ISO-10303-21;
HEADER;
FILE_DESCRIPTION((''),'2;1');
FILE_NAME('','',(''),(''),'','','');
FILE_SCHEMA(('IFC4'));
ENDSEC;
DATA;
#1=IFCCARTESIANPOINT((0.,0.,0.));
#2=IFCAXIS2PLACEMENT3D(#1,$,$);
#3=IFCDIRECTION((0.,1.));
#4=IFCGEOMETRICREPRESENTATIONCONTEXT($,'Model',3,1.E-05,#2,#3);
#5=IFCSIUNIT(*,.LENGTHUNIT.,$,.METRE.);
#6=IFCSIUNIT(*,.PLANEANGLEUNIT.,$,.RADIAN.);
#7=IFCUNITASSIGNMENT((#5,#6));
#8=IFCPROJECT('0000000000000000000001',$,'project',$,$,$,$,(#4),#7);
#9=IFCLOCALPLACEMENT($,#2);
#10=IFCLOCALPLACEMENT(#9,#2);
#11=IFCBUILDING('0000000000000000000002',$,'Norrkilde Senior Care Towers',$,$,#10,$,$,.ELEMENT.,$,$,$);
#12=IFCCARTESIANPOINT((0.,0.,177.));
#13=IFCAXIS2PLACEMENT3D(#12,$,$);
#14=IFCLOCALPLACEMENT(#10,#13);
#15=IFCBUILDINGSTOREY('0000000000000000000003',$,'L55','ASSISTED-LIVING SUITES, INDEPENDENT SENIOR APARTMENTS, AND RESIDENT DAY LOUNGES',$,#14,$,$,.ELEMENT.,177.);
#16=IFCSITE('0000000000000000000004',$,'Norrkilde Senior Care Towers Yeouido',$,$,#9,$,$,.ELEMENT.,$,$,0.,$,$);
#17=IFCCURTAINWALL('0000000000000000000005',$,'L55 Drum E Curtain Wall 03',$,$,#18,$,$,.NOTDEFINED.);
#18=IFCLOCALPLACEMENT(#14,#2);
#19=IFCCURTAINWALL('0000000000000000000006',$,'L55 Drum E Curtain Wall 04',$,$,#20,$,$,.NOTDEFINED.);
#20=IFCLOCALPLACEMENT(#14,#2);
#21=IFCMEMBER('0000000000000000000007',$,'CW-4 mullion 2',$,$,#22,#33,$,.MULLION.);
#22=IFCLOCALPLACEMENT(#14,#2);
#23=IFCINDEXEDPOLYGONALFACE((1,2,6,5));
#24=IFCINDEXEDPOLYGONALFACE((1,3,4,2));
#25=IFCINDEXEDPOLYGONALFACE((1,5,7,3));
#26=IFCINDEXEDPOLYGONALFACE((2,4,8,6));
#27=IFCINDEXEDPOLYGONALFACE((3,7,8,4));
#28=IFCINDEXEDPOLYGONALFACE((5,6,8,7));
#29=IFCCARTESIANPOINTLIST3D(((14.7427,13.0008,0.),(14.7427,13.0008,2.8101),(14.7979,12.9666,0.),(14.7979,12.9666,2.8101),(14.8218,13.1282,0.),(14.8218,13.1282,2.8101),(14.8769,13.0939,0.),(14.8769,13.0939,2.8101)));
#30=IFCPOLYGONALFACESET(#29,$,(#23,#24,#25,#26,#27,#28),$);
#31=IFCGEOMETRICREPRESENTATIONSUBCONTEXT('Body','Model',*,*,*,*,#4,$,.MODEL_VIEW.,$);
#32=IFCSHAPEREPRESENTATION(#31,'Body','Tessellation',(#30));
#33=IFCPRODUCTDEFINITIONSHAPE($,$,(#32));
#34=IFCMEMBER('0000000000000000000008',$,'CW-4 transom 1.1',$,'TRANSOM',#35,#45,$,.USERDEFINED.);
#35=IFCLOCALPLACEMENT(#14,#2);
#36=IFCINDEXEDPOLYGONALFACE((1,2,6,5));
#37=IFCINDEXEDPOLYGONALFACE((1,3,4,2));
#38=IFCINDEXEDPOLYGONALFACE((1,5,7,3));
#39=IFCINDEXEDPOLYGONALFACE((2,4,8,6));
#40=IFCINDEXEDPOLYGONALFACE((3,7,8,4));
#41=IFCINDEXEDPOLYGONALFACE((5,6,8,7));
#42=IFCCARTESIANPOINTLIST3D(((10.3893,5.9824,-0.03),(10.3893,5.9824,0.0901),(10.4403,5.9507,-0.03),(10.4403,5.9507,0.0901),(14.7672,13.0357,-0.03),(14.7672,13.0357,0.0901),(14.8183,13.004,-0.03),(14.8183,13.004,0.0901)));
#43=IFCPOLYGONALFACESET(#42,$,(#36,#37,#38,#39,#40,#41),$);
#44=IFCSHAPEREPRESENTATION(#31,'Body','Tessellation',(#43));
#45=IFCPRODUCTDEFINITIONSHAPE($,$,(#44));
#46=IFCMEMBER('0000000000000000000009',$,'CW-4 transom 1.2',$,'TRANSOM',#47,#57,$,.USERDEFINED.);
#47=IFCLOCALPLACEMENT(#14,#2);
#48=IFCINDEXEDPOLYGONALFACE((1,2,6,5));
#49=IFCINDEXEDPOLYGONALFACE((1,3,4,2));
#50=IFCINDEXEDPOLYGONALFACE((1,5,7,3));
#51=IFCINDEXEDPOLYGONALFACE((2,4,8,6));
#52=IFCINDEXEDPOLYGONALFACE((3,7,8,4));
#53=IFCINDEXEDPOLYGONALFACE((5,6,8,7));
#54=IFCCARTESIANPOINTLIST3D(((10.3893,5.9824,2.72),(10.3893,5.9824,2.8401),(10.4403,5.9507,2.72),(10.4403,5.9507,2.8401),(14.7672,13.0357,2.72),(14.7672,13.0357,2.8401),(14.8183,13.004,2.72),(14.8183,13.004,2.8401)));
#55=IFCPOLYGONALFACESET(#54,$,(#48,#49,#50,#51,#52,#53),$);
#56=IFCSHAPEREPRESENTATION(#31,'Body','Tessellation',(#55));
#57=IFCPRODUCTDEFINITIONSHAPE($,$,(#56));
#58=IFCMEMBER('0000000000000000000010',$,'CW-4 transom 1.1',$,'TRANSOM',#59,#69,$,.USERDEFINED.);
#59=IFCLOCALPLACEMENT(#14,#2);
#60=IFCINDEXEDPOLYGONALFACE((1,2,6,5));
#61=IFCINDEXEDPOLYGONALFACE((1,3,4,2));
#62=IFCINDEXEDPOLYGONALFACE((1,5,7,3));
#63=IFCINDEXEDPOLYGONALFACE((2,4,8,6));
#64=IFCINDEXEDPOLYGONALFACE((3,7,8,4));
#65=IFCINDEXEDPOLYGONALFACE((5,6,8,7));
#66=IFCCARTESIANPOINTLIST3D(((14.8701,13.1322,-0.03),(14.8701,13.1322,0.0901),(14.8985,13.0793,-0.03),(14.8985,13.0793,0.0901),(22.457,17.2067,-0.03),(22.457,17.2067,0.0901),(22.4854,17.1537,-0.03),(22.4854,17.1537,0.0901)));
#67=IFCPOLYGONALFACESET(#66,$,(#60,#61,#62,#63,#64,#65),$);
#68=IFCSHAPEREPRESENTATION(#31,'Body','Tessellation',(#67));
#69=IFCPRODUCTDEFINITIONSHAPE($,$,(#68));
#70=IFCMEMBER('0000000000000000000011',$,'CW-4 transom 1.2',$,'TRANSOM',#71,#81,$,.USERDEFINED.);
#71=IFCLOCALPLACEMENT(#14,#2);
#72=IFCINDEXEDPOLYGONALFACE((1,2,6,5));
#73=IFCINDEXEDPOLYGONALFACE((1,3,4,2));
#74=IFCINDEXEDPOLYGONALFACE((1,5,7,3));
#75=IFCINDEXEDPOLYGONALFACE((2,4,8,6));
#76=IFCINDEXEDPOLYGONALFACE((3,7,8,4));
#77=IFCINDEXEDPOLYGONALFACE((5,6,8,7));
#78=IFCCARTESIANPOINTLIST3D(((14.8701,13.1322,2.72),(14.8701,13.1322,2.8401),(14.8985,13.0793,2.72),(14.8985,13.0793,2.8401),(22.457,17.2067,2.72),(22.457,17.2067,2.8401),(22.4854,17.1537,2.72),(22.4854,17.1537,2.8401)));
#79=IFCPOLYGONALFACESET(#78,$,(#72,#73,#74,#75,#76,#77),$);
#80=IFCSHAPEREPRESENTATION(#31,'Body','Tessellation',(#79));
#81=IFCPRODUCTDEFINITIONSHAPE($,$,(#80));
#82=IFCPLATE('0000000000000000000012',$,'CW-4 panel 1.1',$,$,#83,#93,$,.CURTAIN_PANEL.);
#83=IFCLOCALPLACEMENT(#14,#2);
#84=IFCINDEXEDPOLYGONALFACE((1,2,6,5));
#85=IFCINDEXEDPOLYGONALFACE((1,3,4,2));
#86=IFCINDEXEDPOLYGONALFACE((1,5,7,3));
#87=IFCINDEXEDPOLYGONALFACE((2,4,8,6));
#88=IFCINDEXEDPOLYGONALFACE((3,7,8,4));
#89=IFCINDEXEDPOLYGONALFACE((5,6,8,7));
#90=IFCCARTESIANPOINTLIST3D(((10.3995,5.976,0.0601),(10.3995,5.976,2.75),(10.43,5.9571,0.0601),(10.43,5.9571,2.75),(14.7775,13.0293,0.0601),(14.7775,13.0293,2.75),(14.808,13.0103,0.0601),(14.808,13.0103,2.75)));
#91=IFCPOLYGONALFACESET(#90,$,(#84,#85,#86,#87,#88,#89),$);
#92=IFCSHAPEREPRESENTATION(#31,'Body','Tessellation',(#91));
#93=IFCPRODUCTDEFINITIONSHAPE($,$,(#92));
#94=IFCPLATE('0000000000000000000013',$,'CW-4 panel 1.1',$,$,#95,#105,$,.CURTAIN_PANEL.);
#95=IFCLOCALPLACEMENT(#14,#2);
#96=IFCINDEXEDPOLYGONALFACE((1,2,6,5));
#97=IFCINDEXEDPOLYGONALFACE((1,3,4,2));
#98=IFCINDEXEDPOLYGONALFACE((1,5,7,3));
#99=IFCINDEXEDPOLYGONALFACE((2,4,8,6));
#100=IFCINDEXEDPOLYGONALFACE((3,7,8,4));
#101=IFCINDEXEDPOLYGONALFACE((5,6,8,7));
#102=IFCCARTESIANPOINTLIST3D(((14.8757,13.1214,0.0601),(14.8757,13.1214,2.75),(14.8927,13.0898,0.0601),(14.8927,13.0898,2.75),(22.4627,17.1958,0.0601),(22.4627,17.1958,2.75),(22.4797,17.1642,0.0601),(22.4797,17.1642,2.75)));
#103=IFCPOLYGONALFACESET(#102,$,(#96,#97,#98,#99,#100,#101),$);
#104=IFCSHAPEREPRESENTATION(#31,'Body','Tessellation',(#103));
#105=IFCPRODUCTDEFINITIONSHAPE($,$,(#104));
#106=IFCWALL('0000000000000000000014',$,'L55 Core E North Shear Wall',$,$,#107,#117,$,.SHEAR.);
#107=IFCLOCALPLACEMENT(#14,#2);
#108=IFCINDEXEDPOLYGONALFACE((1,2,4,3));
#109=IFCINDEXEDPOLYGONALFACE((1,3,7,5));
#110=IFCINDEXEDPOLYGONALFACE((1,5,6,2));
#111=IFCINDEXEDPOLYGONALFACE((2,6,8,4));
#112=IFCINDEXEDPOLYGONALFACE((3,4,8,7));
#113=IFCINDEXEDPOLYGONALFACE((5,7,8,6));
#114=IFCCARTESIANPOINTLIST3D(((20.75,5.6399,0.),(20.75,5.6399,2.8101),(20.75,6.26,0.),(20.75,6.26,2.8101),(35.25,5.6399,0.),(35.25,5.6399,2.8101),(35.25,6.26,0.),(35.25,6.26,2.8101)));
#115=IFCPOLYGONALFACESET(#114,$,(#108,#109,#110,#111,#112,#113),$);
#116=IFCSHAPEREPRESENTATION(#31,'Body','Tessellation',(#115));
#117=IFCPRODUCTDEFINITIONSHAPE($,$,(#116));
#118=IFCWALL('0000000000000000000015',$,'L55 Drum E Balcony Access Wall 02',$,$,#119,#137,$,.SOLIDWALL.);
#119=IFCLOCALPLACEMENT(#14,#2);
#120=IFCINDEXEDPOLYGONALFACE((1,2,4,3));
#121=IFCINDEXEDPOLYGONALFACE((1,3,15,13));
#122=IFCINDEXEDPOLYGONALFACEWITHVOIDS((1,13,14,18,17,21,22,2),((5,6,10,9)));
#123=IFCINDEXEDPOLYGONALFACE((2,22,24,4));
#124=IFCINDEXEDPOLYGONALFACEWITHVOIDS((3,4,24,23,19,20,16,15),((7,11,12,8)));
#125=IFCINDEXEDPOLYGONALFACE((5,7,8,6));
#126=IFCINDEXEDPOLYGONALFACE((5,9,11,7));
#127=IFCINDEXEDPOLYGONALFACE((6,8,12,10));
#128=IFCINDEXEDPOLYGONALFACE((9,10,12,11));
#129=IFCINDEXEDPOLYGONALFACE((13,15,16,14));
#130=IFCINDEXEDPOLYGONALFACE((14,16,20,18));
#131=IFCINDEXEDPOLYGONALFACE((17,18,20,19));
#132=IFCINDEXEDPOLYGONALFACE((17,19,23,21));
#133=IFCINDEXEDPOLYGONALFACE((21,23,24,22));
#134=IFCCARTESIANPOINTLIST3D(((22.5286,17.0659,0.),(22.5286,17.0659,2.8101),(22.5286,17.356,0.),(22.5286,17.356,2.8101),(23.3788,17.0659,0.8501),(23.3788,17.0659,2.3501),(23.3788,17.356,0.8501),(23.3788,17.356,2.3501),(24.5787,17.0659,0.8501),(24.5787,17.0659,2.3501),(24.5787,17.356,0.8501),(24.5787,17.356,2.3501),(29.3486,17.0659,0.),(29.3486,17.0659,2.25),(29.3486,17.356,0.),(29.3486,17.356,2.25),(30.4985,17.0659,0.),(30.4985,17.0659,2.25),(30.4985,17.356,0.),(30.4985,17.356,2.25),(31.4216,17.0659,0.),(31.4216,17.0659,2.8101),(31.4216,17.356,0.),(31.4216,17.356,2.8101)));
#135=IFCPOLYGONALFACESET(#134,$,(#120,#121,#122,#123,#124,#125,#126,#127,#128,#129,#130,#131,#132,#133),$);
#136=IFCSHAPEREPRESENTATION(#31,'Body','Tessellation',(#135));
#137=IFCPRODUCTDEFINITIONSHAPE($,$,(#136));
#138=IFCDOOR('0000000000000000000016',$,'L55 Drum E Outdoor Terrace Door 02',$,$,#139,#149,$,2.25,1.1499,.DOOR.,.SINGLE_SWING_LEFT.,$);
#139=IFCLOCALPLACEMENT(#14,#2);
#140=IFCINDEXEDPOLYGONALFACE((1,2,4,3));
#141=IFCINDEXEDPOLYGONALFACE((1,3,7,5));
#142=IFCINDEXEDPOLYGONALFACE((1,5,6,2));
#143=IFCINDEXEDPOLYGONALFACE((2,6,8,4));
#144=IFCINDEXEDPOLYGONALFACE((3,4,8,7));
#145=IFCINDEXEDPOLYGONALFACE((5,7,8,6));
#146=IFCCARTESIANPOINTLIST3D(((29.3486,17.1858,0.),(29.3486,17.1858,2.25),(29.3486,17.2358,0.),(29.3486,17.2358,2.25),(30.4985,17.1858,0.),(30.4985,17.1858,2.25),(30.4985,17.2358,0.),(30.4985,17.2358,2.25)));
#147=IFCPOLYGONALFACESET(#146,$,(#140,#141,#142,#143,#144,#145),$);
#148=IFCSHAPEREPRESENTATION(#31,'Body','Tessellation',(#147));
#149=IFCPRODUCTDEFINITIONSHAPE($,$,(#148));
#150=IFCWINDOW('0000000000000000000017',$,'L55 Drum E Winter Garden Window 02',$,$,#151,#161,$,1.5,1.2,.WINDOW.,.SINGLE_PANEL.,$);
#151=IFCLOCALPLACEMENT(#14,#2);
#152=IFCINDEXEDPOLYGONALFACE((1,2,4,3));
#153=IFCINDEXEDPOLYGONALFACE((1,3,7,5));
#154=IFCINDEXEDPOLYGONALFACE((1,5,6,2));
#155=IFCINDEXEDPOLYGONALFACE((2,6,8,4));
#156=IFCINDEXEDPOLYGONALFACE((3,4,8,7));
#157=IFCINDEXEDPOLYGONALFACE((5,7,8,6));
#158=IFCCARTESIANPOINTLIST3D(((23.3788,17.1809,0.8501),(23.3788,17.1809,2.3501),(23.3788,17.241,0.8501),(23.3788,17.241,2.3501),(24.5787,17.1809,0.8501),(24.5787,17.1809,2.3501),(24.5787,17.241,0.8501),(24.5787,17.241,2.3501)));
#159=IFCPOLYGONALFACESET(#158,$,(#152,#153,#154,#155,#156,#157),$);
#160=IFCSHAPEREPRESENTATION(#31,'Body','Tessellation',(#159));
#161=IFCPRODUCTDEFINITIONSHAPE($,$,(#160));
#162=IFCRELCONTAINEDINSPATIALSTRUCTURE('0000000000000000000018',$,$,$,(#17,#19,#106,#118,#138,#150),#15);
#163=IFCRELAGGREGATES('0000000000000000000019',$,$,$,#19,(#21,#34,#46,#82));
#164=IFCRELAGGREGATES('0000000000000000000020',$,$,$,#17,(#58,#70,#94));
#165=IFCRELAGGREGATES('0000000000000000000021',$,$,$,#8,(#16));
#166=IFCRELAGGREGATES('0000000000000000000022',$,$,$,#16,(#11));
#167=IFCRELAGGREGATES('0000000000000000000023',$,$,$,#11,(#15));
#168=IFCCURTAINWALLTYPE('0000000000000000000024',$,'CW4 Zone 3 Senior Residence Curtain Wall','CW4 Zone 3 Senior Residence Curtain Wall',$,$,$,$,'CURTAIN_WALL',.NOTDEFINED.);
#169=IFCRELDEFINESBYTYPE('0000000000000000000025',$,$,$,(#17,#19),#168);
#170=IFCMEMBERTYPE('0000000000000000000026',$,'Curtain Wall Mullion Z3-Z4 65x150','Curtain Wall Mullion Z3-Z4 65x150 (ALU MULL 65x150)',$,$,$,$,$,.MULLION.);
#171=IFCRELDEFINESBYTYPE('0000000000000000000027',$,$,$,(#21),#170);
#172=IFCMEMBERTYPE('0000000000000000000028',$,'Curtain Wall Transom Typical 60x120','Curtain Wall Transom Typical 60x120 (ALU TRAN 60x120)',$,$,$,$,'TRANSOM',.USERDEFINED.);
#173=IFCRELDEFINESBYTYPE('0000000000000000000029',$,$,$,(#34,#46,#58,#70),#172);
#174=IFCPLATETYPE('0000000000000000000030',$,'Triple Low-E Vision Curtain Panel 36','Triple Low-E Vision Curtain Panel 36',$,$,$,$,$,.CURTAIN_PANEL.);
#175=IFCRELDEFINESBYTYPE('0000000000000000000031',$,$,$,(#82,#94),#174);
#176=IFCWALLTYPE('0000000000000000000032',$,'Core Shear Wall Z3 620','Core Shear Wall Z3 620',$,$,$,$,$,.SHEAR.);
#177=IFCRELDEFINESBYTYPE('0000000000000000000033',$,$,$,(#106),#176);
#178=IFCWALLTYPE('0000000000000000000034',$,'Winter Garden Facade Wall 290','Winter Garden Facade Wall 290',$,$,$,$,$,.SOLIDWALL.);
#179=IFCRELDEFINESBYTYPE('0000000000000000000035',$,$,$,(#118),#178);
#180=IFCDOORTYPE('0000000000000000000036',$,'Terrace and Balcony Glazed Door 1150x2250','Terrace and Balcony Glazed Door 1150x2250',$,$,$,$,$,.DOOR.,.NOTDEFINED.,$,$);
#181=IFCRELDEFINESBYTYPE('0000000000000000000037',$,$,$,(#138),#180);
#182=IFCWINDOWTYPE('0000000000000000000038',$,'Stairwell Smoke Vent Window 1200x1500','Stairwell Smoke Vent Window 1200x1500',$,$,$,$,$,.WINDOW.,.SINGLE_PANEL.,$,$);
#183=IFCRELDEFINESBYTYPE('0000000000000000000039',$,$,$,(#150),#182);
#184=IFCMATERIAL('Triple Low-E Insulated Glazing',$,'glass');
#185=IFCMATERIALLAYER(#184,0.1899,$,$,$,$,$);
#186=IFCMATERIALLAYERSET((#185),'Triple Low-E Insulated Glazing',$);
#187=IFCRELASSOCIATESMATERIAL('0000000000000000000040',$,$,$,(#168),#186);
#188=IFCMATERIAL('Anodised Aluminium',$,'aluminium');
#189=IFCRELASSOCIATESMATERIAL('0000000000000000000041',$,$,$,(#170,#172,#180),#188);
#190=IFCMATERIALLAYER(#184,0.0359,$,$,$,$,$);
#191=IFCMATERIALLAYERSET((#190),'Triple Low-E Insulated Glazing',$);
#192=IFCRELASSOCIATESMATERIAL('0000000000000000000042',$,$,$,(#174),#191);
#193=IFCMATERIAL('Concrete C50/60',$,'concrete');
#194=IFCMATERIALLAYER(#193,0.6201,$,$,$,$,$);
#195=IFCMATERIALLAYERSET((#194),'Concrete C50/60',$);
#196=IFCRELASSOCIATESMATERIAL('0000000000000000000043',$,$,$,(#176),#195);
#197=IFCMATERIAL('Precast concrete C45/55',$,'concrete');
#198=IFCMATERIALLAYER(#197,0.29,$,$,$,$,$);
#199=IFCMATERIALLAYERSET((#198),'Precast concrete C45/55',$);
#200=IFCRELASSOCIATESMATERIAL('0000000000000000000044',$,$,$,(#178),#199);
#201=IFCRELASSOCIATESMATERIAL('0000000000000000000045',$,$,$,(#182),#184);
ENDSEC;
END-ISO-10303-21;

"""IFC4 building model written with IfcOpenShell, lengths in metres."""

from ifc_helpers import new_model, si_unit, direction, frame, frame_2d, origin, origin_2d, place, context, subcontext, project, spatial, rectangle, extrude, source, transform, mapped, material, layer, layer_set, material_profile, profile_set, type_object, type_shapes, element, fill, aggregate, save


model = new_model("IFC4")

# Units and contexts
model_context = context("Model", 3, precision=1e-05, world=origin(), true_north=direction((0.0, 1.0)))
body_context = subcontext(model_context, "Body", "Model", "MODEL_VIEW")
ifc_project = project(units=[si_unit("LENGTHUNIT", "METRE"), si_unit("PLANEANGLEUNIT", "RADIAN")], contexts=[model_context])

# Site, building, storey
site_placement = place(None, origin())
site = spatial("IfcSite", under=ifc_project, at=site_placement, Name="Norrkilde Senior Care Towers Yeouido", CompositionType="ELEMENT", RefElevation=0.0)
building_placement = place(site_placement, origin())
building = spatial("IfcBuilding", under=site, at=building_placement, Name="Norrkilde Senior Care Towers", CompositionType="ELEMENT")
storey_placement = place(building_placement, frame((0.0, 0.0, 177.0)))
storey = spatial("IfcBuildingStorey", under=building, at=storey_placement, Name="L55", Description="ASSISTED-LIVING SUITES, INDEPENDENT SENIOR APARTMENTS, AND RESIDENT DAY LOUNGES", CompositionType="ELEMENT", Elevation=177.0)

# Shared definitions
ifc_material_1 = material(Name="Concrete C50/60", Category="concrete")

# Curtain walls, members
ifc_material_2 = material(Name="Triple Low-E Insulated Glazing", Category="glass")
ifc_layer_1 = layer(ifc_material_2, 0.1899)
ifc_layer_set_1 = layer_set([ifc_layer_1], Name="Triple Low-E Insulated Glazing")
curtain_wall_type = type_object("IfcCurtainWallType", Name="CW4 Zone 3 Senior Residence Curtain Wall", Description="CW4 Zone 3 Senior Residence Curtain Wall", ElementType="CURTAIN_WALL", PredefinedType="NOTDEFINED", material=ifc_layer_set_1)
curtain_wall_1_placement = place(storey_placement, origin())
curtain_wall_1 = element("IfcCurtainWall", 1, at=curtain_wall_1_placement, inside=storey, type_object=curtain_wall_type, Name="L55 Drum E Curtain Wall 03", PredefinedType="NOTDEFINED")
ifc_material_3 = material(Name="Anodised Aluminium", Category="aluminium")
ifc_material_profile_1 = material_profile(ifc_material_3, rectangle(XDim=0.0649, YDim=0.1499, at=origin_2d()), Name="ALU MULL 65x150")
ifc_profile_set_1 = profile_set([ifc_material_profile_1], Name="Anodised Aluminium")
member_type_1 = type_object("IfcMemberType", Name="Curtain Wall Mullion Z3-Z4 65x150", Description="Curtain Wall Mullion Z3-Z4 65x150 (ALU MULL 65x150)", PredefinedType="MULLION", material=ifc_profile_set_1)
shared_shape_1 = source(origin(), body_context, "Body", "SweptSolid", [
    extrude(rectangle(XDim=0.0649, YDim=0.1499, at=origin_2d()), origin(), (0.0, 0.0, 1.0), 2.8101),
])
type_shapes(member_type_1, [shared_shape_1])
curtain_wall_2_placement = place(storey_placement, origin())
curtain_wall_2 = element("IfcCurtainWall", 2, at=curtain_wall_2_placement, inside=storey, type_object=curtain_wall_type, Name="L55 Drum E Curtain Wall 04", PredefinedType="NOTDEFINED")
member_1_placement = place(storey_placement, frame((14.8098, 13.0474, 0.0), z_axis=(0.0, 0.0, 1.0), x_axis=(-0.849634, 0.527373, 0.0)))
member_1 = element("IfcMember", 3, at=member_1_placement, type_object=member_type_1, Name="CW-4 mullion 2", PredefinedType="MULLION", context=body_context, shape_type="MappedRepresentation", body=[
    mapped(shared_shape_1, transform((0.0, 0.0, 0.0), x_axis=(1.0, 0.0, 0.0), y_axis=(0.0, 1.0, 0.0), z_axis=(0.0, 0.0, 1.0), scale=1.0)),
])
ifc_material_profile_2 = material_profile(ifc_material_3, rectangle(XDim=0.0601, YDim=0.1201, at=origin_2d()), Name="ALU TRAN 60x120")
ifc_profile_set_2 = profile_set([ifc_material_profile_2], Name="Anodised Aluminium")
member_type_2 = type_object("IfcMemberType", Name="Curtain Wall Transom Typical 60x120", Description="Curtain Wall Transom Typical 60x120 (ALU TRAN 60x120)", ElementType="TRANSOM", PredefinedType="USERDEFINED", material=ifc_profile_set_2)
shared_shape_2 = source(origin(), body_context, "Body", "SweptSolid", [
    extrude(rectangle(XDim=0.0601, YDim=0.1201, at=origin_2d()), origin(), (0.0, 0.0, 1.0), 8.3015),
])
member_2_placement = place(storey_placement, frame((10.4148, 5.9666, 0.03), z_axis=(0.527369, 0.849637, 0.0), x_axis=(-0.849637, 0.527369, 0.0)))
member_2 = element("IfcMember", 4, at=member_2_placement, type_object=member_type_2, Name="CW-4 transom 1.1", ObjectType="TRANSOM", PredefinedType="USERDEFINED", context=body_context, shape_type="MappedRepresentation", body=[
    mapped(shared_shape_2, transform((0.0, 0.0, 0.0), x_axis=(1.0, 0.0, 0.0), y_axis=(0.0, 1.0, 0.0), z_axis=(0.0, 0.0, 1.0), scale=1.0)),
])
member_3_placement = place(storey_placement, frame((10.4148, 5.9666, 2.78), z_axis=(0.527369, 0.849637, 0.0), x_axis=(-0.849637, 0.527369, 0.0)))
member_3 = element("IfcMember", 5, at=member_3_placement, type_object=member_type_2, Name="CW-4 transom 1.2", ObjectType="TRANSOM", PredefinedType="USERDEFINED", context=body_context, shape_type="MappedRepresentation", body=[
    mapped(shared_shape_2, transform((0.0, 0.0, 0.0), x_axis=(1.0, 0.0, 0.0), y_axis=(0.0, 1.0, 0.0), z_axis=(0.0, 0.0, 1.0), scale=1.0)),
])

# Members
shared_shape_3 = source(origin(), body_context, "Body", "SweptSolid", [
    extrude(rectangle(XDim=0.0601, YDim=0.1201, at=origin_2d()), origin(), (0.0, 0.0, 1.0), 8.6118),
])
type_shapes(member_type_2, [shared_shape_2, shared_shape_3])
member_4_placement = place(storey_placement, frame((14.8843, 13.1057, 0.03), z_axis=(0.880994, 0.473127, 0.0), x_axis=(-0.473127, 0.880994, 0.0)))
member_4 = element("IfcMember", 6, at=member_4_placement, type_object=member_type_2, Name="CW-4 transom 1.1", ObjectType="TRANSOM", PredefinedType="USERDEFINED", context=body_context, shape_type="MappedRepresentation", body=[
    mapped(shared_shape_3, transform((0.0, 0.0, 0.0), x_axis=(1.0, 0.0, 0.0), y_axis=(0.0, 1.0, 0.0), z_axis=(0.0, 0.0, 1.0), scale=1.0)),
])
member_5_placement = place(storey_placement, frame((14.8843, 13.1057, 2.78), z_axis=(0.880994, 0.473127, 0.0), x_axis=(-0.473127, 0.880994, 0.0)))
member_5 = element("IfcMember", 7, at=member_5_placement, type_object=member_type_2, Name="CW-4 transom 1.2", ObjectType="TRANSOM", PredefinedType="USERDEFINED", context=body_context, shape_type="MappedRepresentation", body=[
    mapped(shared_shape_3, transform((0.0, 0.0, 0.0), x_axis=(1.0, 0.0, 0.0), y_axis=(0.0, 1.0, 0.0), z_axis=(0.0, 0.0, 1.0), scale=1.0)),
])

# Plates
ifc_layer_2 = layer(ifc_material_2, 0.0359)
ifc_layer_set_2 = layer_set([ifc_layer_2], Name="Triple Low-E Insulated Glazing")
plate_type = type_object("IfcPlateType", Name="Triple Low-E Vision Curtain Panel 36", Description="Triple Low-E Vision Curtain Panel 36", PredefinedType="CURTAIN_PANEL", material=ifc_layer_set_2)
shared_shape_4 = source(origin(), body_context, "Body", "SweptSolid", [
    extrude(rectangle(XDim=8.3015, YDim=0.0359, at=origin_2d()), origin(), (0.0, 0.0, 1.0), 2.6899),
])
plate_1_placement = place(storey_placement, frame((12.6038, 9.4932, 0.0601), z_axis=(0.0, 0.0, 1.0), x_axis=(0.527373, 0.849634, 0.0)))
plate_1 = element("IfcPlate", 8, at=plate_1_placement, type_object=plate_type, Name="CW-4 panel 1.1", PredefinedType="CURTAIN_PANEL", context=body_context, shape_type="MappedRepresentation", body=[
    mapped(shared_shape_4, transform((0.0, 0.0, 0.0), x_axis=(1.0, 0.0, 0.0), y_axis=(0.0, 1.0, 0.0), z_axis=(0.0, 0.0, 1.0), scale=1.0)),
])
aggregate(curtain_wall_2, [member_1, member_2, member_3, plate_1])
shared_shape_5 = source(origin(), body_context, "Body", "SweptSolid", [
    extrude(rectangle(XDim=8.6118, YDim=0.0359, at=origin_2d()), origin(), (0.0, 0.0, 1.0), 2.6899),
])
type_shapes(plate_type, [shared_shape_4, shared_shape_5])
plate_2_placement = place(storey_placement, frame((18.6777, 15.1428, 0.0601), z_axis=(0.0, 0.0, 1.0), x_axis=(0.881, 0.473117, 0.0)))
plate_2 = element("IfcPlate", 9, at=plate_2_placement, type_object=plate_type, Name="CW-4 panel 1.1", PredefinedType="CURTAIN_PANEL", context=body_context, shape_type="MappedRepresentation", body=[
    mapped(shared_shape_5, transform((0.0, 0.0, 0.0), x_axis=(1.0, 0.0, 0.0), y_axis=(0.0, 1.0, 0.0), z_axis=(0.0, 0.0, 1.0), scale=1.0)),
])
aggregate(curtain_wall_1, [member_4, member_5, plate_2])

# Wall
ifc_layer_3 = layer(ifc_material_1, 0.6201)
ifc_layer_set_3 = layer_set([ifc_layer_3], Name="Concrete C50/60")
wall_type_1 = type_object("IfcWallType", Name="Core Shear Wall Z3 620", Description="Core Shear Wall Z3 620", PredefinedType="SHEAR", material=ifc_layer_set_3)
shared_shape_6 = source(origin(), body_context, "Body", "SweptSolid", [
    extrude(rectangle(XDim=14.5, YDim=0.6201, at=frame_2d((7.25, 0.0))), origin(), (0.0, 0.0, 1.0), 2.8101),
])
type_shapes(wall_type_1, [shared_shape_6])
wall_1_placement = place(storey_placement, frame((20.75, 5.95, 0.0), z_axis=(0.0, 0.0, 1.0), x_axis=(1.0, 0.0, 0.0)))
element("IfcWall", 10, at=wall_1_placement, inside=storey, type_object=wall_type_1, Name="L55 Core E North Shear Wall", PredefinedType="SHEAR", context=body_context, shape_type="MappedRepresentation", body=[
    mapped(shared_shape_6, transform((0.0, 0.0, 0.0), x_axis=(1.0, 0.0, 0.0), y_axis=(0.0, 1.0, 0.0), z_axis=(0.0, 0.0, 1.0), scale=1.0)),
])

# Wall, openings, door, window
ifc_material_4 = material(Name="Precast concrete C45/55", Category="concrete")
ifc_layer_4 = layer(ifc_material_4, 0.29)
ifc_layer_set_4 = layer_set([ifc_layer_4], Name="Precast concrete C45/55")
wall_type_2 = type_object("IfcWallType", Name="Winter Garden Facade Wall 290", Description="Winter Garden Facade Wall 290", PredefinedType="SOLIDWALL", material=ifc_layer_set_4)
shared_shape_7 = source(origin(), body_context, "Body", "SweptSolid", [
    extrude(rectangle(XDim=8.8931, YDim=0.29, at=frame_2d((4.4465, 0.0))), origin(), (0.0, 0.0, 1.0), 2.8101),
])
type_shapes(wall_type_2, [shared_shape_7])
wall_2_placement = place(storey_placement, frame((22.5286, 17.2109, 0.0), z_axis=(0.0, 0.0, 1.0), x_axis=(1.0, 0.0, 0.0)))
wall_2 = element("IfcWall", 11, at=wall_2_placement, inside=storey, type_object=wall_type_2, Name="L55 Drum E Balcony Access Wall 02", PredefinedType="SOLIDWALL", context=body_context, shape_type="MappedRepresentation", body=[
    mapped(shared_shape_7, transform((0.0, 0.0, 0.0), x_axis=(1.0, 0.0, 0.0), y_axis=(0.0, 1.0, 0.0), z_axis=(0.0, 0.0, 1.0), scale=1.0)),
])
opening_1_placement = place(wall_2_placement, frame((6.8201, 0.0, 0.0)))
opening_1 = element("IfcOpeningElement", 12, at=opening_1_placement, cuts=wall_2, PredefinedType="OPENING", context=body_context, shape_type="SweptSolid", body=[
    extrude(rectangle(XDim=1.1499, YDim=2.25, at=frame_2d((0.575, 1.125))), frame((0.0, 0.155, 0.0), z_axis=(0.0, -1.0, 0.0), x_axis=(1.0, 0.0, 0.0)), (0.0, 0.0, 1.0), 0.3101),
])
opening_2_placement = place(wall_2_placement, frame((0.8501, 0.0, 0.8501)))
opening_2 = element("IfcOpeningElement", 13, at=opening_2_placement, cuts=wall_2, PredefinedType="OPENING", context=body_context, shape_type="SweptSolid", body=[
    extrude(rectangle(XDim=1.2, YDim=1.5, at=frame_2d((0.6001, 0.75))), frame((0.0, 0.155, 0.0), z_axis=(0.0, -1.0, 0.0), x_axis=(1.0, 0.0, 0.0)), (0.0, 0.0, 1.0), 0.3101),
])
door_type_1 = type_object("IfcDoorType", Name="Terrace and Balcony Glazed Door 1150x2250", Description="Terrace and Balcony Glazed Door 1150x2250", OperationType="NOTDEFINED", PredefinedType="DOOR", material=ifc_material_3)
shared_shape_8 = source(origin(), body_context, "Body", "SweptSolid", [
    extrude(rectangle(XDim=1.1499, YDim=2.25, at=frame_2d((0.575, 1.125))), frame((0.0, 0.0249, 0.0), z_axis=(0.0, -1.0, 0.0), x_axis=(1.0, 0.0, 0.0)), (0.0, 0.0, 1.0), 0.05),
])
type_shapes(door_type_1, [shared_shape_8])
door_1_placement = place(opening_1_placement, origin())
door_1 = element("IfcDoor", 14, at=door_1_placement, inside=storey, type_object=door_type_1, Name="L55 Drum E Outdoor Terrace Door 02", OperationType="SINGLE_SWING_LEFT", OverallHeight=2.25, OverallWidth=1.1499, PredefinedType="DOOR", context=body_context, shape_type="MappedRepresentation", body=[
    mapped(shared_shape_8, transform((0.0, 0.0, 0.0), x_axis=(1.0, 0.0, 0.0), y_axis=(0.0, 1.0, 0.0), z_axis=(0.0, 0.0, 1.0), scale=1.0)),
])
fill(opening_1, door_1)
window_type = type_object("IfcWindowType", Name="Stairwell Smoke Vent Window 1200x1500", Description="Stairwell Smoke Vent Window 1200x1500", PartitioningType="SINGLE_PANEL", PredefinedType="WINDOW", material=ifc_material_2)
shared_shape_9 = source(origin(), body_context, "Body", "SweptSolid", [
    extrude(rectangle(XDim=1.2, YDim=1.5, at=frame_2d((0.6001, 0.75))), frame((0.0, 0.03, 0.0), z_axis=(0.0, -1.0, 0.0), x_axis=(1.0, 0.0, 0.0)), (0.0, 0.0, 1.0), 0.0601),
])
type_shapes(window_type, [shared_shape_9])
window_placement = place(opening_2_placement, origin())
window = element("IfcWindow", 15, at=window_placement, inside=storey, type_object=window_type, Name="L55 Drum E Winter Garden Window 02", OverallHeight=1.5, OverallWidth=1.2, PartitioningType="SINGLE_PANEL", PredefinedType="WINDOW", context=body_context, shape_type="MappedRepresentation", body=[
    mapped(shared_shape_9, transform((0.0, 0.0, 0.0), x_axis=(1.0, 0.0, 0.0), y_axis=(0.0, 1.0, 0.0), z_axis=(0.0, 0.0, 1.0), scale=1.0)),
])
fill(opening_2, window)

save(model, "model.ifc")
